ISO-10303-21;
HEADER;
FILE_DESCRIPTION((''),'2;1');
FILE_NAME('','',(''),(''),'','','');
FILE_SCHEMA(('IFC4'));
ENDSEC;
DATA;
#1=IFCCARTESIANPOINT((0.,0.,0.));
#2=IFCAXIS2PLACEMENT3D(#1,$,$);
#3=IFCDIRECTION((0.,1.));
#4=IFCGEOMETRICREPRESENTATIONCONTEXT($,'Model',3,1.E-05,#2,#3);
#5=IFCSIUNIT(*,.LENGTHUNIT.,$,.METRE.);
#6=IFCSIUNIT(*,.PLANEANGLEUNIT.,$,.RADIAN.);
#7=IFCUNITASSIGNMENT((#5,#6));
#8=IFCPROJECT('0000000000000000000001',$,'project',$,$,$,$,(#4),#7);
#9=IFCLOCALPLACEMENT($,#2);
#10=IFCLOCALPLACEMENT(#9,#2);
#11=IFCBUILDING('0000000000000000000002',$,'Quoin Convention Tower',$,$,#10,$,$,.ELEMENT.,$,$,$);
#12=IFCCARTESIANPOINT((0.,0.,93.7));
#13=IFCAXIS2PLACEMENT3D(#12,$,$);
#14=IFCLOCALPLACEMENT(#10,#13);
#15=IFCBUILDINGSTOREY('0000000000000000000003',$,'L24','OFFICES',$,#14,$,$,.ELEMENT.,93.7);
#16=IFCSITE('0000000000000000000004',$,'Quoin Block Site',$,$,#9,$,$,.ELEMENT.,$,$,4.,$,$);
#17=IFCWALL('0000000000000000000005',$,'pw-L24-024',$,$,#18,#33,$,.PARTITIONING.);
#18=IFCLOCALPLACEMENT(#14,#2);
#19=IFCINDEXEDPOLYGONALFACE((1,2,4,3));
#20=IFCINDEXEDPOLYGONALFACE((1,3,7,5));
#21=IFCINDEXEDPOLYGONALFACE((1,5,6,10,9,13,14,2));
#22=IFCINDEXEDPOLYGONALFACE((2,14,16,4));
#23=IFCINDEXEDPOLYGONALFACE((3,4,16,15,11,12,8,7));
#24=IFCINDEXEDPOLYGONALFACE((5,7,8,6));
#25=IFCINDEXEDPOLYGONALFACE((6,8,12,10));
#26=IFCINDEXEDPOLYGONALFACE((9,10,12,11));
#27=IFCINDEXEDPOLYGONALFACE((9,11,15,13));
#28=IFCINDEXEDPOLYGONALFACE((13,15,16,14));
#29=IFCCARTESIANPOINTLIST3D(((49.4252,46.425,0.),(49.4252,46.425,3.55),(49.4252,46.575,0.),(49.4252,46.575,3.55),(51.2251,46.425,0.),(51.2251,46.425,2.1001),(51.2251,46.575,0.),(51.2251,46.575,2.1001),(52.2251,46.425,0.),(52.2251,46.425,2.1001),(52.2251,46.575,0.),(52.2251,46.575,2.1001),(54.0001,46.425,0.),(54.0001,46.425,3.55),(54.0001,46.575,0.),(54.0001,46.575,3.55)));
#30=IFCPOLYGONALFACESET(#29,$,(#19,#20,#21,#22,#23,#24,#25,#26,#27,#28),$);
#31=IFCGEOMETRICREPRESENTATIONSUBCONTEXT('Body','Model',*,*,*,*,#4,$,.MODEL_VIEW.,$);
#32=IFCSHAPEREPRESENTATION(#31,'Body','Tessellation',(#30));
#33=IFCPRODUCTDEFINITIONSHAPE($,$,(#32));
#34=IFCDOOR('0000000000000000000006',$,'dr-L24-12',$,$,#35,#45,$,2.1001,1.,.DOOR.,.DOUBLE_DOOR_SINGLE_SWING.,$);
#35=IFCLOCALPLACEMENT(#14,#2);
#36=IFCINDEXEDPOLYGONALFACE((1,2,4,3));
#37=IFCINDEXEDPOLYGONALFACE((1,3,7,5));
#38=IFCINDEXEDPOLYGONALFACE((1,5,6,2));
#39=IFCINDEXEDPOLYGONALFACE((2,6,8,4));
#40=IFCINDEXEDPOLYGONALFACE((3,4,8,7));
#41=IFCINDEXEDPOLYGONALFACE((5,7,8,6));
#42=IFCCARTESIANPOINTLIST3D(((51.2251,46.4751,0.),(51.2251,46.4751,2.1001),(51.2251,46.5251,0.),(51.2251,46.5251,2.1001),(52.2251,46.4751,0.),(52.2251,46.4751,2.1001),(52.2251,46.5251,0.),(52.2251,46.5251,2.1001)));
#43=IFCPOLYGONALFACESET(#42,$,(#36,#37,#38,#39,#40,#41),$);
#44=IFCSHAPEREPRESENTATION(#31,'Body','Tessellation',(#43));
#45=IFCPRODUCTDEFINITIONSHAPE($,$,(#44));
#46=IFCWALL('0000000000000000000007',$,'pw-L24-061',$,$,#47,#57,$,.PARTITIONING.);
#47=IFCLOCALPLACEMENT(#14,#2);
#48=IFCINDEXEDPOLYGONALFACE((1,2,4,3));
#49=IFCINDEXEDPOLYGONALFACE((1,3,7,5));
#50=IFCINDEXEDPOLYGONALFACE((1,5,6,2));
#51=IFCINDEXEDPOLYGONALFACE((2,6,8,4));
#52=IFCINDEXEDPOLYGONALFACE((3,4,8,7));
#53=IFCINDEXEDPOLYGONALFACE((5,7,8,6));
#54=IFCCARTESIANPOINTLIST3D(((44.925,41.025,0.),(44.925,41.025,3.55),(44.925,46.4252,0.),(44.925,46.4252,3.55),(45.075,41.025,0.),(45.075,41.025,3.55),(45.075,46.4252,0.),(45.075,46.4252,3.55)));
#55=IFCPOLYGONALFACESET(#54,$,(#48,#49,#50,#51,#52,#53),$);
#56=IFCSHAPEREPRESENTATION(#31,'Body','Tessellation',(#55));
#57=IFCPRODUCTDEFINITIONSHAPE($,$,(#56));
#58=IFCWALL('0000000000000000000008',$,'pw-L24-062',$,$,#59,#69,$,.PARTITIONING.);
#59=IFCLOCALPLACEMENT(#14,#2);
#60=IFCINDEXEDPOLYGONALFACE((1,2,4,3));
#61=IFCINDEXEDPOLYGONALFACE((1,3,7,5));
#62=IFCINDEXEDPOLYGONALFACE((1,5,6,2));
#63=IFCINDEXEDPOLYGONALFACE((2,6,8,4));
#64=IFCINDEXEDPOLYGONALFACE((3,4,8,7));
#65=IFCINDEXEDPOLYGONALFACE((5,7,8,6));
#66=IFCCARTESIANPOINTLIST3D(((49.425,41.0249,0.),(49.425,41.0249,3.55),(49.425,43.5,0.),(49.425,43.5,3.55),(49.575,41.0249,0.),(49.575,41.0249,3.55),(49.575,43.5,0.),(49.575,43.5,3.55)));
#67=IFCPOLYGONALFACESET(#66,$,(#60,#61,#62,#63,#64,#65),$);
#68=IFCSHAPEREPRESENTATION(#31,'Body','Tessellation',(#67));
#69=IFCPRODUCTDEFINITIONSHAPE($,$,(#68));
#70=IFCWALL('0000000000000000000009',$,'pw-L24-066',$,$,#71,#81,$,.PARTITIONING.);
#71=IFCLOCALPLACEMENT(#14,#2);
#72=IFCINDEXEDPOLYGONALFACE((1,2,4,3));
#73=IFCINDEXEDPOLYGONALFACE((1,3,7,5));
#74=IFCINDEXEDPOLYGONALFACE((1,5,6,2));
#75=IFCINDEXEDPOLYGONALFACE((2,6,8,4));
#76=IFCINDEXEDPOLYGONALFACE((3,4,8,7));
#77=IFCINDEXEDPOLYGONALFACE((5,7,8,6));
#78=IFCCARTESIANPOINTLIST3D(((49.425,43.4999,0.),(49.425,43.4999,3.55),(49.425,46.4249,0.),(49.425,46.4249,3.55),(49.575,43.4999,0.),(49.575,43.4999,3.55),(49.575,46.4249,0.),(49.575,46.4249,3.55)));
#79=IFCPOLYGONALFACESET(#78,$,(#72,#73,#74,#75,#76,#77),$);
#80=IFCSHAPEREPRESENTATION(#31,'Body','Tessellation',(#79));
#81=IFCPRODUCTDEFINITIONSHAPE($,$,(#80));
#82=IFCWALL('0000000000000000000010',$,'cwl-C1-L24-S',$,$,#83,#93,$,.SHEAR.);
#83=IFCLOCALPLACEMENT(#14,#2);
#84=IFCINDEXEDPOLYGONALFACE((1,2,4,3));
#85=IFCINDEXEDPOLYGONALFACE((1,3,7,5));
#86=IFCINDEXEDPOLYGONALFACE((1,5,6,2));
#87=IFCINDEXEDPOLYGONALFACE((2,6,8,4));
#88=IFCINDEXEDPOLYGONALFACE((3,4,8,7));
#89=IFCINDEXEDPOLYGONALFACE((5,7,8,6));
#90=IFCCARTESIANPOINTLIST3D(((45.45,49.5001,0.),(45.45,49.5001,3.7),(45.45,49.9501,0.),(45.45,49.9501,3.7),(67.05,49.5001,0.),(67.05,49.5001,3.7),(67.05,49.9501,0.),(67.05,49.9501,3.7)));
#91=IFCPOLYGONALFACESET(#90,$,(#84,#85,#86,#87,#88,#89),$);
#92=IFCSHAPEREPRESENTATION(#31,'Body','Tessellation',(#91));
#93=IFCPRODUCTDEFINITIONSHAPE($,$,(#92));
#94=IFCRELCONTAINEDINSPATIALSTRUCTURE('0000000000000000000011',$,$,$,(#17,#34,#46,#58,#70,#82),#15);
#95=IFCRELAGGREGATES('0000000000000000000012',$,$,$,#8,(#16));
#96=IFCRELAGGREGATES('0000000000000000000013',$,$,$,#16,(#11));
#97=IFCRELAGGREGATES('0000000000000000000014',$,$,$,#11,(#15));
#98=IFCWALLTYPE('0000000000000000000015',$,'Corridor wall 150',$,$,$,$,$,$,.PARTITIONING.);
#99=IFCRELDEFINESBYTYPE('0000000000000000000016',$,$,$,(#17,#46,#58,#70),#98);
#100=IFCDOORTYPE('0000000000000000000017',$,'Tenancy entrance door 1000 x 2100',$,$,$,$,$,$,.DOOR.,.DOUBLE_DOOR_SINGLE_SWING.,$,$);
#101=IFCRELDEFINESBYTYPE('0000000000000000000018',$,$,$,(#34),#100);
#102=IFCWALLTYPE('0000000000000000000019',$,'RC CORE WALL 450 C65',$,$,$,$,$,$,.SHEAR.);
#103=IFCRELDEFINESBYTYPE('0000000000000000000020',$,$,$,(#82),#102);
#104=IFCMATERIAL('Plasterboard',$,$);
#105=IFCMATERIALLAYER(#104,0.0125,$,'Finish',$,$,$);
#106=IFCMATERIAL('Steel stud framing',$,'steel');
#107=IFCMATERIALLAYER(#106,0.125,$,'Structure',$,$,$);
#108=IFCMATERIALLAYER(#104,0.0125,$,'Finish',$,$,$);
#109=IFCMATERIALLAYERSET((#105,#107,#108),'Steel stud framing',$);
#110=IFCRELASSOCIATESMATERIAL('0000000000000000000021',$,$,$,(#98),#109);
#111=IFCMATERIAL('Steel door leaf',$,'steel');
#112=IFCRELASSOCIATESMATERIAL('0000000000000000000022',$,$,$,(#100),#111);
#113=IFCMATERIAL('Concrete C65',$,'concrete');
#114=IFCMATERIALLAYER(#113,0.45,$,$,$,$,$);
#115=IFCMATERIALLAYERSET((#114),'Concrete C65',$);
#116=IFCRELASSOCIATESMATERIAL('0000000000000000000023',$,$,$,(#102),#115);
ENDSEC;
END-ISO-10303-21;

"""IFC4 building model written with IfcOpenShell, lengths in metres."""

from ifc_helpers import new_model, si_unit, direction, frame, frame_2d, origin, place, context, subcontext, project, spatial, rectangle, extrude, material, layer, layer_set, type_object, element, fill, save


model = new_model("IFC4")

# Units and contexts
model_context = context("Model", 3, precision=1e-05, world=origin(), true_north=direction((0.0, 1.0)))
body_context = subcontext(model_context, "Body", "Model", "MODEL_VIEW")
ifc_project = project(units=[si_unit("LENGTHUNIT", "METRE"), si_unit("PLANEANGLEUNIT", "RADIAN")], contexts=[model_context])

# Site, building, storey
site_placement = place(None, origin())
site = spatial("IfcSite", under=ifc_project, at=site_placement, Name="Quoin Block Site", CompositionType="ELEMENT", RefElevation=4.0)
building_placement = place(site_placement, origin())
building = spatial("IfcBuilding", under=site, at=building_placement, Name="Quoin Convention Tower", CompositionType="ELEMENT")
storey_placement = place(building_placement, frame((0.0, 0.0, 93.7)))
storey = spatial("IfcBuildingStorey", under=building, at=storey_placement, Name="L24", Description="OFFICES", CompositionType="ELEMENT", Elevation=93.7)

# Shared definitions
ifc_material_1 = material(Name="Concrete C65", Category="concrete")

# Shared definitions
ifc_material_2 = material(Name="Plasterboard")
ifc_material_3 = material(Name="Steel stud framing", Category="steel")

# Wall, opening, door
ifc_layer_1 = layer(ifc_material_2, 0.0125, Name="Finish")
ifc_layer_2 = layer(ifc_material_3, 0.125, Name="Structure")
ifc_layer_3 = layer(ifc_material_2, 0.0125, Name="Finish")
ifc_layer_set_1 = layer_set([ifc_layer_1, ifc_layer_2, ifc_layer_3], Name="Steel stud framing")
wall_type_1 = type_object("IfcWallType", Name="Corridor wall 150", PredefinedType="PARTITIONING", material=ifc_layer_set_1)
wall_1_placement = place(storey_placement, frame((49.425, 46.5, 0.0), z_axis=(0.0, 0.0, 1.0), x_axis=(1.0, 0.0, 0.0)))
wall_1 = element("IfcWall", 1, at=wall_1_placement, inside=storey, type_object=wall_type_1, Name="pw-L24-024", PredefinedType="PARTITIONING", context=body_context, shape_type="SweptSolid", body=[
    extrude(rectangle(XDim=4.575, YDim=0.1499, at=frame_2d((2.2876, 0.0))), origin(), (0.0, 0.0, 1.0), 3.55),
])
opening_1_placement = place(wall_1_placement, frame((1.8, 0.0, 0.0)))
opening_1 = element("IfcOpeningElement", 2, at=opening_1_placement, cuts=wall_1, PredefinedType="OPENING", context=body_context, shape_type="SweptSolid", body=[
    extrude(rectangle(XDim=1.0, YDim=2.1001, at=frame_2d((0.5, 1.05))), frame((0.0, 0.085, 0.0), z_axis=(0.0, -1.0, 0.0), x_axis=(1.0, 0.0, 0.0)), (0.0, 0.0, 1.0), 0.1699),
])
ifc_material_4 = material(Name="Steel door leaf", Category="steel")
door_type_1 = type_object("IfcDoorType", Name="Tenancy entrance door 1000 x 2100", OperationType="DOUBLE_DOOR_SINGLE_SWING", PredefinedType="DOOR", material=ifc_material_4)
door_1_placement = place(opening_1_placement, frame((1.0, 0.0, 0.0), z_axis=(0.0, 0.0, 1.0), x_axis=(-1.0, 0.0, 0.0)))
door_1 = element("IfcDoor", 3, at=door_1_placement, inside=storey, type_object=door_type_1, Name="dr-L24-12", OperationType="DOUBLE_DOOR_SINGLE_SWING", OverallHeight=2.1001, OverallWidth=1.0, PredefinedType="DOOR", context=body_context, shape_type="SweptSolid", body=[
    extrude(rectangle(XDim=1.0, YDim=2.1001, at=frame_2d((0.5, 1.05))), frame((0.0, 0.0249, 0.0), z_axis=(0.0, -1.0, 0.0), x_axis=(1.0, 0.0, 0.0)), (0.0, 0.0, 1.0), 0.05),
])
fill(opening_1, door_1)

# Walls
wall_2_placement = place(storey_placement, frame((45.0, 41.0249, 0.0), z_axis=(0.0, 0.0, 1.0), x_axis=(0.0, 1.0, 0.0)))
element("IfcWall", 4, at=wall_2_placement, inside=storey, type_object=wall_type_1, Name="pw-L24-061", PredefinedType="PARTITIONING", context=body_context, shape_type="SweptSolid", body=[
    extrude(rectangle(XDim=5.4001, YDim=0.1499, at=frame_2d((2.7002, 0.0))), origin(), (0.0, 0.0, 1.0), 3.55),
])
wall_3_placement = place(storey_placement, frame((49.5, 41.0249, 0.0), z_axis=(0.0, 0.0, 1.0), x_axis=(0.0, 1.0, 0.0)))
element("IfcWall", 5, at=wall_3_placement, inside=storey, type_object=wall_type_1, Name="pw-L24-062", PredefinedType="PARTITIONING", context=body_context, shape_type="SweptSolid", body=[
    extrude(rectangle(XDim=2.4751, YDim=0.1499, at=frame_2d((1.2375, 0.0))), origin(), (0.0, 0.0, 1.0), 3.55),
])
wall_4_placement = place(storey_placement, frame((49.5, 43.5, 0.0), z_axis=(0.0, 0.0, 1.0), x_axis=(0.0, 1.0, 0.0)))
element("IfcWall", 6, at=wall_4_placement, inside=storey, type_object=wall_type_1, Name="pw-L24-066", PredefinedType="PARTITIONING", context=body_context, shape_type="SweptSolid", body=[
    extrude(rectangle(XDim=2.925, YDim=0.1499, at=frame_2d((1.4624, 0.0))), origin(), (0.0, 0.0, 1.0), 3.55),
])
ifc_layer_4 = layer(ifc_material_1, 0.45)
ifc_layer_set_2 = layer_set([ifc_layer_4], Name="Concrete C65")
wall_type_2 = type_object("IfcWallType", Name="RC CORE WALL 450 C65", PredefinedType="SHEAR", material=ifc_layer_set_2)
wall_5_placement = place(storey_placement, frame((45.45, 49.7251, 0.0), z_axis=(0.0, 0.0, 1.0), x_axis=(1.0, 0.0, 0.0)))
element("IfcWall", 7, at=wall_5_placement, inside=storey, type_object=wall_type_2, Name="cwl-C1-L24-S", PredefinedType="SHEAR", context=body_context, shape_type="SweptSolid", body=[
    extrude(rectangle(XDim=21.6001, YDim=0.45, at=frame_2d((10.8, 0.0))), origin(), (0.0, 0.0, 1.0), 3.7),
])

save(model, "model.ifc")
